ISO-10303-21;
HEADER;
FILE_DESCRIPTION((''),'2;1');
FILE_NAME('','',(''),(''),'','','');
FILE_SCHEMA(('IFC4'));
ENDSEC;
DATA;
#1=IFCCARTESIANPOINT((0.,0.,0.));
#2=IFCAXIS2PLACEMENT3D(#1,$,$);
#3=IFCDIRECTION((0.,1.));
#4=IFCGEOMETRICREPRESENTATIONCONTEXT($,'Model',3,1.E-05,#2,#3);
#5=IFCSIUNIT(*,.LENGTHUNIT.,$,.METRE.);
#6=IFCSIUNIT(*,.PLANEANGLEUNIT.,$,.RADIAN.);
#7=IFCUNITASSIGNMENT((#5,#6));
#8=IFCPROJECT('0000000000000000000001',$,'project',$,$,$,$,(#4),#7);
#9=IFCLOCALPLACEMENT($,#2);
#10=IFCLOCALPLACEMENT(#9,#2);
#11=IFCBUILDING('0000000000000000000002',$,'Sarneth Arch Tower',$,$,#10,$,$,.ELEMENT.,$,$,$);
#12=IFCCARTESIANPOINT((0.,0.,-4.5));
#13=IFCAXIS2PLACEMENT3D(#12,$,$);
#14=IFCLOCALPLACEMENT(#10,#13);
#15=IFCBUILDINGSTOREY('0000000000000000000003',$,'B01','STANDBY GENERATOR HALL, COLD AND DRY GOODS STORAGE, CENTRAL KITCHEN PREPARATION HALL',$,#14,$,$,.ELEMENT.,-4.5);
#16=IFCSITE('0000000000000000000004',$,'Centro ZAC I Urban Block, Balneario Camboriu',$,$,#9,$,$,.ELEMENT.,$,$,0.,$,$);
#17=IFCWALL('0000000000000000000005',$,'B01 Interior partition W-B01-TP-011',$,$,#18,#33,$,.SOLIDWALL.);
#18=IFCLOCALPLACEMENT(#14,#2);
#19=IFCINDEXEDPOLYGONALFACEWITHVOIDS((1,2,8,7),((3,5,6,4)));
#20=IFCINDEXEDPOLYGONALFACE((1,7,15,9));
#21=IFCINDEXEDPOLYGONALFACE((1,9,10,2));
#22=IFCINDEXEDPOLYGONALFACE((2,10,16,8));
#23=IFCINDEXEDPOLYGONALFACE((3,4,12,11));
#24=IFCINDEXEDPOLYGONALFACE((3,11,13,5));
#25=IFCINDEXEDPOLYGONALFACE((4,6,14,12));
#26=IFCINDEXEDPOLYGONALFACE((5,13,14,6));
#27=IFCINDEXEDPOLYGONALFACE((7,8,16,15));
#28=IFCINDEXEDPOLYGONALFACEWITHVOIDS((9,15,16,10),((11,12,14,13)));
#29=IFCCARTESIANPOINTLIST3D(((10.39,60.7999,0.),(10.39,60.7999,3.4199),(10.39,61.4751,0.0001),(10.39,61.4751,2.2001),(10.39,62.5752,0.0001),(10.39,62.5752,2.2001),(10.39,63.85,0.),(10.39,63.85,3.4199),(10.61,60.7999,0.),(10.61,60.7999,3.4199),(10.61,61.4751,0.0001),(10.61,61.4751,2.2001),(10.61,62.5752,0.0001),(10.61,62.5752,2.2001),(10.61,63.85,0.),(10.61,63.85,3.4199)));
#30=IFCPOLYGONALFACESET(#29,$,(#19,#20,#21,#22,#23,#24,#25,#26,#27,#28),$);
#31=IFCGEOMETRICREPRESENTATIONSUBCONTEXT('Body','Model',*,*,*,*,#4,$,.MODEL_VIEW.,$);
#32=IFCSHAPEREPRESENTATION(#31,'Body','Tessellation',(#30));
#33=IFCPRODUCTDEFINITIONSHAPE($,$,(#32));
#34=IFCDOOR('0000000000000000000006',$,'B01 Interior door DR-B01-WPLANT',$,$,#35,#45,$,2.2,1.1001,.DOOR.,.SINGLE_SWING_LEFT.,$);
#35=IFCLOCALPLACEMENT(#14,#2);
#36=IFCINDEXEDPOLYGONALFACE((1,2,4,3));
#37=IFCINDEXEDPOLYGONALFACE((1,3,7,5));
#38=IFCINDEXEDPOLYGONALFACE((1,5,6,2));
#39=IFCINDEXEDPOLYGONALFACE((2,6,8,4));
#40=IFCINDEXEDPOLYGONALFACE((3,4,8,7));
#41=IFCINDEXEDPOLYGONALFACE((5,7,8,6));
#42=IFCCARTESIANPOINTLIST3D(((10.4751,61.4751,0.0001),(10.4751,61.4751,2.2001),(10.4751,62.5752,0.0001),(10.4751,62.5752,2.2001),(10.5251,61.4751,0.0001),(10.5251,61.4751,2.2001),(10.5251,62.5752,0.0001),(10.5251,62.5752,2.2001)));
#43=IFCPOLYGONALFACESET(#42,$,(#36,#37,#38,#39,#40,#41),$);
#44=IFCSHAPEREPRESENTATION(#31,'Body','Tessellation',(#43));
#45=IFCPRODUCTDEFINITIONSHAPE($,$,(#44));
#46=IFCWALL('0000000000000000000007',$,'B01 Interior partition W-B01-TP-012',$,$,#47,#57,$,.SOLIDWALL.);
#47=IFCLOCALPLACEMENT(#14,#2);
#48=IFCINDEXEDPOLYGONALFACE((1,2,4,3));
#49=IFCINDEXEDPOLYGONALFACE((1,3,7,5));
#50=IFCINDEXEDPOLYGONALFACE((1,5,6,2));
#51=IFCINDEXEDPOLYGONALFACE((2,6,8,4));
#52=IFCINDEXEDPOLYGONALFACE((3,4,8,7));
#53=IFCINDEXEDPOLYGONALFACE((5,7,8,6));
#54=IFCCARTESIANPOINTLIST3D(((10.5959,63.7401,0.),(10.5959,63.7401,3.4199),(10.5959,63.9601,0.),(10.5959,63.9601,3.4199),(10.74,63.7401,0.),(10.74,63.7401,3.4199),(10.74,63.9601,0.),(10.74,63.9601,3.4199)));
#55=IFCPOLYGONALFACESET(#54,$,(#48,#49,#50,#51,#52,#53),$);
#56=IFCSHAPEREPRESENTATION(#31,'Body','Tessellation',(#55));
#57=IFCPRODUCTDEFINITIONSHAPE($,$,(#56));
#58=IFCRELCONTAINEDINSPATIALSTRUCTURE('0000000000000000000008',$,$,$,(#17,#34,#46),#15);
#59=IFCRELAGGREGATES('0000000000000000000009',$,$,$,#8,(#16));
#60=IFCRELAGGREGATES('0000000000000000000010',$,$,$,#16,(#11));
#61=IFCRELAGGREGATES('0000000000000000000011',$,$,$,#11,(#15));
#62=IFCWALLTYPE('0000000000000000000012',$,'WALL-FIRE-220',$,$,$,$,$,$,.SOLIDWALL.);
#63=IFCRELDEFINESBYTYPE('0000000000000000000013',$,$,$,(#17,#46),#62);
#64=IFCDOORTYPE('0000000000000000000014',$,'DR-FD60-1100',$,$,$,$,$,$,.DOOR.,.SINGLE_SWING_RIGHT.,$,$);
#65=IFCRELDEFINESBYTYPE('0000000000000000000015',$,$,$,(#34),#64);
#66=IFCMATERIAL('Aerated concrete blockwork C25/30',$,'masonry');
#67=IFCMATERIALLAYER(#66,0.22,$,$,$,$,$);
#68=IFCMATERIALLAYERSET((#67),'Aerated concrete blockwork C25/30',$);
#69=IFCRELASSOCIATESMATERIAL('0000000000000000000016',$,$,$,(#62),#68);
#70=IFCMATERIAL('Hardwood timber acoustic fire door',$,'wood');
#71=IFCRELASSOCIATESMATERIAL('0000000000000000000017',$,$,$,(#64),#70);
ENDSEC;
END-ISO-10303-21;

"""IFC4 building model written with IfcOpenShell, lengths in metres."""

from ifc_helpers import new_model, si_unit, direction, frame, frame_2d, origin, place, context, subcontext, project, spatial, rectangle, extrude, material, layer, layer_set, type_object, element, fill, save


model = new_model("IFC4")

# Units and contexts
model_context = context("Model", 3, precision=1e-05, world=origin(), true_north=direction((0.0, 1.0)))
body_context = subcontext(model_context, "Body", "Model", "MODEL_VIEW")
ifc_project = project(units=[si_unit("LENGTHUNIT", "METRE"), si_unit("PLANEANGLEUNIT", "RADIAN")], contexts=[model_context])

# Site, building, storey
site_placement = place(None, origin())
site = spatial("IfcSite", under=ifc_project, at=site_placement, Name="Centro ZAC I Urban Block, Balneario Camboriu", CompositionType="ELEMENT", RefElevation=0.0)
building_placement = place(site_placement, origin())
building = spatial("IfcBuilding", under=site, at=building_placement, Name="Sarneth Arch Tower", CompositionType="ELEMENT")
storey_placement = place(building_placement, frame((0.0, 0.0, -4.5)))
storey = spatial("IfcBuildingStorey", under=building, at=storey_placement, Name="B01", Description="STANDBY GENERATOR HALL, COLD AND DRY GOODS STORAGE, CENTRAL KITCHEN PREPARATION HALL", CompositionType="ELEMENT", Elevation=-4.5)

# Wall, opening, door
ifc_material_1 = material(Name="Aerated concrete blockwork C25/30", Category="masonry")
ifc_layer_1 = layer(ifc_material_1, 0.22)
ifc_layer_set_1 = layer_set([ifc_layer_1], Name="Aerated concrete blockwork C25/30")
wall_type_1 = type_object("IfcWallType", Name="WALL-FIRE-220", PredefinedType="SOLIDWALL", material=ifc_layer_set_1)
wall_1_placement = place(storey_placement, frame((10.5, 60.8, 0.0), z_axis=(0.0, 0.0, 1.0), x_axis=(0.0, 1.0, 0.0)))
wall_1 = element("IfcWall", 1, at=wall_1_placement, inside=storey, type_object=wall_type_1, Name="B01 Interior partition W-B01-TP-011", PredefinedType="SOLIDWALL", context=body_context, shape_type="SweptSolid", body=[
    extrude(rectangle(XDim=3.05, YDim=0.22, at=frame_2d((1.5249, 0.0))), origin(), (0.0, 0.0, 1.0), 3.4199),
])
opening_1_placement = place(wall_1_placement, frame((0.675, 0.0, 0.0)))
opening_1 = element("IfcOpeningElement", 2, at=opening_1_placement, cuts=wall_1, PredefinedType="OPENING", context=body_context, shape_type="SweptSolid", body=[
    extrude(rectangle(XDim=1.1001, YDim=2.2, at=frame_2d((0.55, 1.1001))), frame((0.0, 0.1199, 0.0), z_axis=(0.0, -1.0, 0.0), x_axis=(1.0, 0.0, 0.0)), (0.0, 0.0, 1.0), 0.24),
])
ifc_material_2 = material(Name="Hardwood timber acoustic fire door", Category="wood")
door_type_1 = type_object("IfcDoorType", Name="DR-FD60-1100", OperationType="SINGLE_SWING_RIGHT", PredefinedType="DOOR", material=ifc_material_2)
door_1_placement = place(opening_1_placement, origin())
door_1 = element("IfcDoor", 3, at=door_1_placement, inside=storey, type_object=door_type_1, Name="B01 Interior door DR-B01-WPLANT", OperationType="SINGLE_SWING_LEFT", OverallHeight=2.2, OverallWidth=1.1001, PredefinedType="DOOR", context=body_context, shape_type="SweptSolid", body=[
    extrude(rectangle(XDim=1.1001, YDim=2.2, at=frame_2d((0.55, 1.1001))), frame((0.0, 0.0249, 0.0), z_axis=(0.0, -1.0, 0.0), x_axis=(1.0, 0.0, 0.0)), (0.0, 0.0, 1.0), 0.05),
])
fill(opening_1, door_1)

# Wall
wall_2_placement = place(storey_placement, frame((10.5959, 63.8501, 0.0), z_axis=(0.0, 0.0, 1.0), x_axis=(1.0, 0.0, 0.0)))
element("IfcWall", 4, at=wall_2_placement, inside=storey, type_object=wall_type_1, Name="B01 Interior partition W-B01-TP-012", PredefinedType="SOLIDWALL", context=body_context, shape_type="SweptSolid", body=[
    extrude(rectangle(XDim=0.144, YDim=0.22, at=frame_2d((0.072, 0.0))), origin(), (0.0, 0.0, 1.0), 3.4199),
])

save(model, "model.ifc")
